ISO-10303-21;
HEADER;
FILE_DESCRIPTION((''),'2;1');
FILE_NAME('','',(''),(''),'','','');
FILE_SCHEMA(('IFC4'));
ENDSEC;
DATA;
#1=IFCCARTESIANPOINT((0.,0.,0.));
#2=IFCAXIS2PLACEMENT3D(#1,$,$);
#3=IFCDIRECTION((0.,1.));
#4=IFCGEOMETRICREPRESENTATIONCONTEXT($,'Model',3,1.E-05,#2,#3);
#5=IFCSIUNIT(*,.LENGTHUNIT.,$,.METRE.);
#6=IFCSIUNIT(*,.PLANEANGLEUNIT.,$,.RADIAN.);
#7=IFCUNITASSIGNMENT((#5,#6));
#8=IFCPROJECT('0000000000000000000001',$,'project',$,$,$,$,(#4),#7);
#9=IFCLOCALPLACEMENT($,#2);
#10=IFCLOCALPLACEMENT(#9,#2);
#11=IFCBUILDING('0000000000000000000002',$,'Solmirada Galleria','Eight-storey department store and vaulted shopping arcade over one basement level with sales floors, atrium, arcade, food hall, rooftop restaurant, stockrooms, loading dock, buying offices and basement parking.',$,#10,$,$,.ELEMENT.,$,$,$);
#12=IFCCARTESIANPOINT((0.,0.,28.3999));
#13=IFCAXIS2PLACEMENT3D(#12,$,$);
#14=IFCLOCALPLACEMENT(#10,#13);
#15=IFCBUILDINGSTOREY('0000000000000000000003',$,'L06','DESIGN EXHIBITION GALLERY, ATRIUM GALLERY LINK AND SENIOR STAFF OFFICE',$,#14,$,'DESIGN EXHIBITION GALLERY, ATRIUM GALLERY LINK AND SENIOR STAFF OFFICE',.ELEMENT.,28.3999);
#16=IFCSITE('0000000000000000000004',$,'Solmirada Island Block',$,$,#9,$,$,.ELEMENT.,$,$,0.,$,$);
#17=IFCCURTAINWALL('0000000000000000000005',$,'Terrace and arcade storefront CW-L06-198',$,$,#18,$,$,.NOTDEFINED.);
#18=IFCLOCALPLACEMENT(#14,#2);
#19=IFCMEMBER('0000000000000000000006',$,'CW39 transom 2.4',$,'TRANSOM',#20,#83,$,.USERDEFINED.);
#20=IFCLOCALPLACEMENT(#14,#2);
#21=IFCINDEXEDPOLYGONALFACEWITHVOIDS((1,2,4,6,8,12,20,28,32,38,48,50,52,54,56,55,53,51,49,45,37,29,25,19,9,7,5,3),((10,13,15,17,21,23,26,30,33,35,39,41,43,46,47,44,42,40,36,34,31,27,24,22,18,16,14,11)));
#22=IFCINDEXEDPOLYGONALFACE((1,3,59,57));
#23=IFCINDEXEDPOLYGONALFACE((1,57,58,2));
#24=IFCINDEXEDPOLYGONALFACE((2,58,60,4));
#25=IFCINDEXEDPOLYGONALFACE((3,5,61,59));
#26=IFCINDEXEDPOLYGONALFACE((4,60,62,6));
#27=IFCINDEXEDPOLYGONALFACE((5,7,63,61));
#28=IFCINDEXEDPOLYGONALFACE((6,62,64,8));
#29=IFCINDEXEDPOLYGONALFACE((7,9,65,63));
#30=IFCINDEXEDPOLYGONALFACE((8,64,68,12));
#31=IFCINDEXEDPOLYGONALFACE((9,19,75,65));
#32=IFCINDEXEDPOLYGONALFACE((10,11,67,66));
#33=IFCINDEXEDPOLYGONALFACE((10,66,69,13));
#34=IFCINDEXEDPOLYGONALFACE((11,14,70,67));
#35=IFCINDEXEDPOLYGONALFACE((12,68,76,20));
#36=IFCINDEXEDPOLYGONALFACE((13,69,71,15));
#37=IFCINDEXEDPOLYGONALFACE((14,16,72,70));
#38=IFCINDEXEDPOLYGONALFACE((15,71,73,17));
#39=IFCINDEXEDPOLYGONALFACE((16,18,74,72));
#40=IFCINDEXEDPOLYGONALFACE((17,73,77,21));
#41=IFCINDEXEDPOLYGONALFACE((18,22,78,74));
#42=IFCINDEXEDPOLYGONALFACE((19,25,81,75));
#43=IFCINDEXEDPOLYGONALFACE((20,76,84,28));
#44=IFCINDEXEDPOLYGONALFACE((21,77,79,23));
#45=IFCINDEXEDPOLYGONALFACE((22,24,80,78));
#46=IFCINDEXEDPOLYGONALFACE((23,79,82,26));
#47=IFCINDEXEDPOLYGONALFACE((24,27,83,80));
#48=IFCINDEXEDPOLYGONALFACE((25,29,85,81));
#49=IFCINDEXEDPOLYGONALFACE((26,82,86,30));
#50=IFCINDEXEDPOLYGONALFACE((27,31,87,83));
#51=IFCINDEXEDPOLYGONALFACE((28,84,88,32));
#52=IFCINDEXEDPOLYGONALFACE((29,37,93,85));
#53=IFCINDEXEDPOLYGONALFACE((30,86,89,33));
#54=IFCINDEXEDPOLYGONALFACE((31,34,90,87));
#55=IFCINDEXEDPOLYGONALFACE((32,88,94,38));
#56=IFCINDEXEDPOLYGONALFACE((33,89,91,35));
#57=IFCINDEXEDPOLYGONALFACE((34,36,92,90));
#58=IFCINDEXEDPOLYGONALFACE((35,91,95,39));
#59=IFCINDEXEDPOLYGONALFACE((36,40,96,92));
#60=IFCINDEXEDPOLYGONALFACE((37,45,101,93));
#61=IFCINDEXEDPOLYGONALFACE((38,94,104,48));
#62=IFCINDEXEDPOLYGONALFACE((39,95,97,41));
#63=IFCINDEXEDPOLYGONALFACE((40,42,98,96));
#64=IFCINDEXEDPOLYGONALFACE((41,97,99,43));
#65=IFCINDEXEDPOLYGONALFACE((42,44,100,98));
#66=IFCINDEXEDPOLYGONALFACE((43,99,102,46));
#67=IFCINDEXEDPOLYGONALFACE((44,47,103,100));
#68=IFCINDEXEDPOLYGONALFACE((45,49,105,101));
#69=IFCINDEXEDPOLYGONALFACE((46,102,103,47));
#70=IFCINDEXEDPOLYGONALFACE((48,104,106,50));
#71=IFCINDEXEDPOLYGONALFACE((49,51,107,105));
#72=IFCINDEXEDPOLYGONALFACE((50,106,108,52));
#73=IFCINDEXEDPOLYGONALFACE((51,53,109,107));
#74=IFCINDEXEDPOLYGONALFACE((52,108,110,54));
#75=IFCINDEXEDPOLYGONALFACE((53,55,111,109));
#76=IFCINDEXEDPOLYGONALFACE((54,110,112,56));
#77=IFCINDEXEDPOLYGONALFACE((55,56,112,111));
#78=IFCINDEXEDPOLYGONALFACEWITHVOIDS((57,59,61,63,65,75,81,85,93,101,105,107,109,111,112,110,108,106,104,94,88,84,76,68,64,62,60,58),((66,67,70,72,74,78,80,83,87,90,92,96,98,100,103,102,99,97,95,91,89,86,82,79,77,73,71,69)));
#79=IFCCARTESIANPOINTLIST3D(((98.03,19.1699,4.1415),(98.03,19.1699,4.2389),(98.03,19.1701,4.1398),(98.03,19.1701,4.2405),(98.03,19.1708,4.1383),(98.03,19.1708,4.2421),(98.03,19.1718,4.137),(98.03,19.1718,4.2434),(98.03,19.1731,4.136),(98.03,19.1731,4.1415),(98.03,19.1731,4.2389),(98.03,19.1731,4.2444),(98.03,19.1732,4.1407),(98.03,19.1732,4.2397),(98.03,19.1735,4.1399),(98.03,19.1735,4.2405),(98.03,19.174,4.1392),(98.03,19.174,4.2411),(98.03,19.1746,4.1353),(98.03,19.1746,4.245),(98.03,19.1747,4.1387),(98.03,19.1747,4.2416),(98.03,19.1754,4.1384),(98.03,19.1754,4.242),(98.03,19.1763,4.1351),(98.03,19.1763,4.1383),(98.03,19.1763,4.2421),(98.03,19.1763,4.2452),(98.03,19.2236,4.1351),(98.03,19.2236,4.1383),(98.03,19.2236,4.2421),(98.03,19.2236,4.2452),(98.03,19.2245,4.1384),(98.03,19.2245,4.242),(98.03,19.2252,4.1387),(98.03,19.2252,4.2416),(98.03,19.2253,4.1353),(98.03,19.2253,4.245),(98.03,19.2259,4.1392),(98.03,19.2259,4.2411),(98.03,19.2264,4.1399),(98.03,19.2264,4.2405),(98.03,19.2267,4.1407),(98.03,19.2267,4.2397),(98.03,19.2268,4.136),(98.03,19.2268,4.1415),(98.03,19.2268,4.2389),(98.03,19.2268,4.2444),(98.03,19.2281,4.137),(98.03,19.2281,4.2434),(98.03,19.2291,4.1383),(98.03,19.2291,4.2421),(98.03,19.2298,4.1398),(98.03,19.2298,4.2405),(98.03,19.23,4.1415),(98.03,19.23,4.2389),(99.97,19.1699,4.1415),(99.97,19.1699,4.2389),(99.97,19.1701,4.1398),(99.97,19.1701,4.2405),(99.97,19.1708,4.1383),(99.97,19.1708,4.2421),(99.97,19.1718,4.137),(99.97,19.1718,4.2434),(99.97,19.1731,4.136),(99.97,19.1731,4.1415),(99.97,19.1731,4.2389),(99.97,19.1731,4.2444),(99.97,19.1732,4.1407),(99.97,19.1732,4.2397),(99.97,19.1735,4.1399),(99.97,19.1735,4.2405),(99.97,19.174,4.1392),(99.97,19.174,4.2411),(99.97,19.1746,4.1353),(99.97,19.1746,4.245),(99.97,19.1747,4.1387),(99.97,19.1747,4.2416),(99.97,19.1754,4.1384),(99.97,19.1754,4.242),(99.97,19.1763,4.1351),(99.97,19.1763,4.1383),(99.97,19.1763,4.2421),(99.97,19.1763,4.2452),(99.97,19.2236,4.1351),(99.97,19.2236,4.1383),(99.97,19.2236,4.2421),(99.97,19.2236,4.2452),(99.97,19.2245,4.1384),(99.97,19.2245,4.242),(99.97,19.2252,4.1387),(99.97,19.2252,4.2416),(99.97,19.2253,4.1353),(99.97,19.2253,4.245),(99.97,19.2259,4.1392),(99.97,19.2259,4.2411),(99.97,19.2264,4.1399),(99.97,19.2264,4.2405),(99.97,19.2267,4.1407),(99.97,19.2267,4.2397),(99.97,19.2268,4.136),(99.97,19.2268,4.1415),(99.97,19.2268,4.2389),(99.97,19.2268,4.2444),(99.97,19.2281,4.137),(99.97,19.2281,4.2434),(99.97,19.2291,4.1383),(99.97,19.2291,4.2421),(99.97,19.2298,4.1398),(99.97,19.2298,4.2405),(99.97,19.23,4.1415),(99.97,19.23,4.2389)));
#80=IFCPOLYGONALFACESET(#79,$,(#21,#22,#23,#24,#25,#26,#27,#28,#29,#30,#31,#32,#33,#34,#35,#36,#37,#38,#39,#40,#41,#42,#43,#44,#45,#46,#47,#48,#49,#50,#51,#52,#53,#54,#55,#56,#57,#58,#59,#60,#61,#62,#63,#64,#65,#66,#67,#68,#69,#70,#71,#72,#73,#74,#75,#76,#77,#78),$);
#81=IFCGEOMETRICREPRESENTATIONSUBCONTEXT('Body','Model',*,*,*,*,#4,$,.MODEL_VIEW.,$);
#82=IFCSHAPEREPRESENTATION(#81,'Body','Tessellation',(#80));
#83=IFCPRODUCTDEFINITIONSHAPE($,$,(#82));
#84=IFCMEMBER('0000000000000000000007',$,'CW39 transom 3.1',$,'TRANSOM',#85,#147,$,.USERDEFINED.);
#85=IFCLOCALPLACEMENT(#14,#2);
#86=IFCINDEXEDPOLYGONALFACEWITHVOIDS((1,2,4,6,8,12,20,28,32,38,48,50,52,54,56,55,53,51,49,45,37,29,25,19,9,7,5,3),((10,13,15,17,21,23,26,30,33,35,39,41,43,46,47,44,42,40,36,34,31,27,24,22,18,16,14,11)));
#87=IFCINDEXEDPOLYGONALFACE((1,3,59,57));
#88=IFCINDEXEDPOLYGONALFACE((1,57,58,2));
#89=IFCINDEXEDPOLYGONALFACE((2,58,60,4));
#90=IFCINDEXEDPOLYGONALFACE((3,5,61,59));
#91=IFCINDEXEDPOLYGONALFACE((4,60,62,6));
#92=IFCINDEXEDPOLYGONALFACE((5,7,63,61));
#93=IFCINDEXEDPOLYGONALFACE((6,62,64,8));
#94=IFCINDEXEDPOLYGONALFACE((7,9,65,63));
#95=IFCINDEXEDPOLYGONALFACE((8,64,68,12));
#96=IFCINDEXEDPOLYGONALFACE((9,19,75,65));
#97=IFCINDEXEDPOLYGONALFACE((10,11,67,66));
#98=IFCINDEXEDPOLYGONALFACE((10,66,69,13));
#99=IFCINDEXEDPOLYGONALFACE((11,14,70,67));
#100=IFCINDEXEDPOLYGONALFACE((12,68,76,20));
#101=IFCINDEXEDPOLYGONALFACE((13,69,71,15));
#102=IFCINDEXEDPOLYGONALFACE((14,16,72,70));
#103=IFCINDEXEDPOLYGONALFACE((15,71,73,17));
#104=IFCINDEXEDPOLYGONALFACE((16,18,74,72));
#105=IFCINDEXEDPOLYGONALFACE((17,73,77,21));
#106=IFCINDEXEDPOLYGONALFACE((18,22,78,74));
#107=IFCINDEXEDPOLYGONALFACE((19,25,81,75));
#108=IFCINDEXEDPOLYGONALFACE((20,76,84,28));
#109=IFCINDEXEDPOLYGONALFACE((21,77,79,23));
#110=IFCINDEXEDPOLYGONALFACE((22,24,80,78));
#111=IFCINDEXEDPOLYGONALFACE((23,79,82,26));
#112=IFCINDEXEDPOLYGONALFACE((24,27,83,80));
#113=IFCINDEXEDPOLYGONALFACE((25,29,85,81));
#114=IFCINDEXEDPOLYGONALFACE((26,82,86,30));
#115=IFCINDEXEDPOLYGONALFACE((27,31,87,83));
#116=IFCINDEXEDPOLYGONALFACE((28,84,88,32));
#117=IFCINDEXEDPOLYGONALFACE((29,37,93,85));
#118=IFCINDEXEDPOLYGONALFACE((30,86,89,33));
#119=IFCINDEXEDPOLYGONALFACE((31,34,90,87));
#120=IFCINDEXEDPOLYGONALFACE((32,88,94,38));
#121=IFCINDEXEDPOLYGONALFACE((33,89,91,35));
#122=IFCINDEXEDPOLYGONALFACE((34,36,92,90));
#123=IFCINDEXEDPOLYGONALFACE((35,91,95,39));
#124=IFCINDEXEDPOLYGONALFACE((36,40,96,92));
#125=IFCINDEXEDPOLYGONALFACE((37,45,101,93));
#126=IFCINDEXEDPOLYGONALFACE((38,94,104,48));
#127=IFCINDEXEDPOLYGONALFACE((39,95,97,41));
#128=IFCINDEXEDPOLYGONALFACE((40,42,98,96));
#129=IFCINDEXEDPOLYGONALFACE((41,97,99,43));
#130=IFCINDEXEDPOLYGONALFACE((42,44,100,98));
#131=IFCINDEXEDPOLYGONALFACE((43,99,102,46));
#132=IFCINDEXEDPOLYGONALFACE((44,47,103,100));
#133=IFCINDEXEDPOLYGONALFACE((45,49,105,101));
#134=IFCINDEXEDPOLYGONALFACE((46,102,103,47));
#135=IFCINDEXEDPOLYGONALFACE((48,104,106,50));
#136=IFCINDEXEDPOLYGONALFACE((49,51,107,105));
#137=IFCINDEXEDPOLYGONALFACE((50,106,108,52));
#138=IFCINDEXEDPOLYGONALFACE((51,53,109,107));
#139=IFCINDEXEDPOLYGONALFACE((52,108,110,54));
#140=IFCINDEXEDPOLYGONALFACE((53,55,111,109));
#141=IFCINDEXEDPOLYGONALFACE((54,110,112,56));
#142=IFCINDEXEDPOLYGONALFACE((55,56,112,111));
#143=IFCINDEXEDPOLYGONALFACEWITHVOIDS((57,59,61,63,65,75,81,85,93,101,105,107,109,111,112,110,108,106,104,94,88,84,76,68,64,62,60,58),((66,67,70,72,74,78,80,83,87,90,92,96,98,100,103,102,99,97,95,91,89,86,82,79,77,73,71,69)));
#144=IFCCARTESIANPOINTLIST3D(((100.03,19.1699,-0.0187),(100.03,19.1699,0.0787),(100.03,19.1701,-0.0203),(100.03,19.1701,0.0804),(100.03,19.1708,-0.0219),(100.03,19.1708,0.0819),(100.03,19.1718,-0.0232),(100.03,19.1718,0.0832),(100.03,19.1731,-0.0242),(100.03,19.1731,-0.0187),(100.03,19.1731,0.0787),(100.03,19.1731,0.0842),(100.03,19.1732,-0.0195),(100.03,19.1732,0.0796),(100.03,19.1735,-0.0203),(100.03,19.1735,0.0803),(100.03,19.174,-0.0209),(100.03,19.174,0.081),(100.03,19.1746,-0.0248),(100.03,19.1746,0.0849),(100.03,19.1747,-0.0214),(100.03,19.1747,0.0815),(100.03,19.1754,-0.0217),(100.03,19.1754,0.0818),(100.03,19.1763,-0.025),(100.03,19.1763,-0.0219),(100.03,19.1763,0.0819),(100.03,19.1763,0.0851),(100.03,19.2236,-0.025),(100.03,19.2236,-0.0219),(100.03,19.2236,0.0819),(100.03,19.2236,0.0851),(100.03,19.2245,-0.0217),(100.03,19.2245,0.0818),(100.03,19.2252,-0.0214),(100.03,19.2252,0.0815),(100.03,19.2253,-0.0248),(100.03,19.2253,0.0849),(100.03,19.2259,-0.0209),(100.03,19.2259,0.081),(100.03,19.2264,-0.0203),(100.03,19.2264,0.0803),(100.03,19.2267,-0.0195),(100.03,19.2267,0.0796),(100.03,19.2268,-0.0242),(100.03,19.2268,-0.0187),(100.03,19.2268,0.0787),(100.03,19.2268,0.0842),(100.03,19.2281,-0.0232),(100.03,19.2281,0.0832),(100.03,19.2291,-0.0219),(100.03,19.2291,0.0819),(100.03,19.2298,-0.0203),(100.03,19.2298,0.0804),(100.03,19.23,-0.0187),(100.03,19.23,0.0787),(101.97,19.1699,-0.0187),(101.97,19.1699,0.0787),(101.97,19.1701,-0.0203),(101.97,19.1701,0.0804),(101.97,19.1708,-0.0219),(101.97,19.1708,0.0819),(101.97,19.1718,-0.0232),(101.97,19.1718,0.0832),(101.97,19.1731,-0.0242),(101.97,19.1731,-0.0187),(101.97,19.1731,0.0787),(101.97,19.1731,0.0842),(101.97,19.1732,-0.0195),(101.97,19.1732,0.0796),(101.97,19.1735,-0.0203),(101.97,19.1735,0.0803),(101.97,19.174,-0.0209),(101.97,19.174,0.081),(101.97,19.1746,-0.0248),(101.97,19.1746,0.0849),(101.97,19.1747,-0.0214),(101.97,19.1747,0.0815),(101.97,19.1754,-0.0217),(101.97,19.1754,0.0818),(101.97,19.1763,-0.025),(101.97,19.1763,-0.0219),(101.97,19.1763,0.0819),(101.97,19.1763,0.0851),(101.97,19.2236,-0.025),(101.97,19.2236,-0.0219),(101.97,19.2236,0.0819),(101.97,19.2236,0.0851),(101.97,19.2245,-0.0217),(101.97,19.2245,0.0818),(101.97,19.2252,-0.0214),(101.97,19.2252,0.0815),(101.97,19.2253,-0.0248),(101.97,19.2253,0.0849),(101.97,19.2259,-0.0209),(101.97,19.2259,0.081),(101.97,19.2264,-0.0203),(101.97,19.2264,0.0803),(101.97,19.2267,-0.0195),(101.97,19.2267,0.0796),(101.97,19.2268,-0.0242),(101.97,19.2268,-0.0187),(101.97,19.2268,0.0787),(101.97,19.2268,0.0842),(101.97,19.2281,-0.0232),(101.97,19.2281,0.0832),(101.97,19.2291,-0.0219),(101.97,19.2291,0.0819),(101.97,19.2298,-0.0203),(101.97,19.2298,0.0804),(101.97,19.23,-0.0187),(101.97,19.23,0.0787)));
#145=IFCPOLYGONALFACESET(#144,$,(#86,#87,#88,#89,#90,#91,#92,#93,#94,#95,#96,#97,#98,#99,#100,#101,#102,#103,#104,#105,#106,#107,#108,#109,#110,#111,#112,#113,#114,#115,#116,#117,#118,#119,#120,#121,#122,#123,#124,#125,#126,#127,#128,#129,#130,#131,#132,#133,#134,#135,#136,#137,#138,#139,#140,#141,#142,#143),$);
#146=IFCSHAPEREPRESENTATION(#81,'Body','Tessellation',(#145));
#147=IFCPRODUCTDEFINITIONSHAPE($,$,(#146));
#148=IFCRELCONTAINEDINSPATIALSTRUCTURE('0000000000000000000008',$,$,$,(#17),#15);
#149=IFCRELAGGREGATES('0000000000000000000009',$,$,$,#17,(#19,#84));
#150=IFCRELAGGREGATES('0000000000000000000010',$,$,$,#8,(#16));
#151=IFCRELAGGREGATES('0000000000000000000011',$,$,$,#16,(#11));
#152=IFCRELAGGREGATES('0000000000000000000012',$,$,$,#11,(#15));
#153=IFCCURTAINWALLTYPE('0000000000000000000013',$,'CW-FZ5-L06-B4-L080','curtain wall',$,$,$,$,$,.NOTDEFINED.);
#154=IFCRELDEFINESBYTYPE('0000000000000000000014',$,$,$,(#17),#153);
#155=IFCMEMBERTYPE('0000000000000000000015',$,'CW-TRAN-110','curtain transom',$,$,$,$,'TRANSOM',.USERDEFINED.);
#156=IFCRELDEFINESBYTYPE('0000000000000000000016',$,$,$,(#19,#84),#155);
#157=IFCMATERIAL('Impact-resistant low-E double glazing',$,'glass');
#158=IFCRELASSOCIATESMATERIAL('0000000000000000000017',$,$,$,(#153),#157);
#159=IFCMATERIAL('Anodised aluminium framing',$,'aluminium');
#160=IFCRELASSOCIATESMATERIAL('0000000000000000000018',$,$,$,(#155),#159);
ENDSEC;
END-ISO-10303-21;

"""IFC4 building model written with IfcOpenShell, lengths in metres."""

from ifc_helpers import new_model, si_unit, direction, frame, origin, origin_2d, place, context, subcontext, project, spatial, hollow_rectangle, extrude, material, material_profile, profile_set, type_object, element, aggregate, save


model = new_model("IFC4")

# Units and contexts
model_context = context("Model", 3, precision=1e-05, world=origin(), true_north=direction((0.0, 1.0)))
body_context = subcontext(model_context, "Body", "Model", "MODEL_VIEW")
ifc_project = project(units=[si_unit("LENGTHUNIT", "METRE"), si_unit("PLANEANGLEUNIT", "RADIAN")], contexts=[model_context])

# Site, building, storey
site_placement = place(None, origin())
site = spatial("IfcSite", under=ifc_project, at=site_placement, Name="Solmirada Island Block", CompositionType="ELEMENT", RefElevation=0.0)
building_placement = place(site_placement, origin())
building = spatial("IfcBuilding", under=site, at=building_placement, Name="Solmirada Galleria", Description="Eight-storey department store and vaulted shopping arcade over one basement level with sales floors, atrium, arcade, food hall, rooftop restaurant, stockrooms, loading dock, buying offices and basement parking.", CompositionType="ELEMENT")
storey_placement = place(building_placement, frame((0.0, 0.0, 28.3999)))
storey = spatial("IfcBuildingStorey", under=building, at=storey_placement, Name="L06", Description="DESIGN EXHIBITION GALLERY, ATRIUM GALLERY LINK AND SENIOR STAFF OFFICE", LongName="DESIGN EXHIBITION GALLERY, ATRIUM GALLERY LINK AND SENIOR STAFF OFFICE", CompositionType="ELEMENT", Elevation=28.3999)

# Curtain wall
ifc_material_1 = material(Name="Impact-resistant low-E double glazing", Category="glass")
curtain_wall_type = type_object("IfcCurtainWallType", Name="CW-FZ5-L06-B4-L080", Description="curtain wall", PredefinedType="NOTDEFINED", material=ifc_material_1)
curtain_wall_1_placement = place(storey_placement, origin())
curtain_wall_1 = element("IfcCurtainWall", 1, at=curtain_wall_1_placement, inside=storey, type_object=curtain_wall_type, Name="Terrace and arcade storefront CW-L06-198", PredefinedType="NOTDEFINED")
ifc_material_2 = material(Name="Anodised aluminium framing", Category="aluminium")

# Members
ifc_material_profile_1 = material_profile(ifc_material_2, hollow_rectangle(XDim=0.0601, YDim=0.1101, WallThickness=0.0032, InnerFilletRadius=0.0032, OuterFilletRadius=0.0063, at=origin_2d()), Name="ALU-TRAN-110X60")
ifc_profile_set_1 = profile_set([ifc_material_profile_1], Name="Anodised aluminium framing")
member_type_1 = type_object("IfcMemberType", Name="CW-TRAN-110", Description="curtain transom", ElementType="TRANSOM", PredefinedType="USERDEFINED", material=ifc_profile_set_1)
member_1_placement = place(storey_placement, frame((98.03, 19.2, 4.1902), z_axis=(1.0, 0.0, 0.0), x_axis=(0.0, 1.0, 0.0)))
member_1 = element("IfcMember", 2, at=member_1_placement, type_object=member_type_1, Name="CW39 transom 2.4", ObjectType="TRANSOM", PredefinedType="USERDEFINED", context=body_context, shape_type="SweptSolid", body=[
    extrude(hollow_rectangle(XDim=0.0601, YDim=0.1101, WallThickness=0.0032, InnerFilletRadius=0.0032, OuterFilletRadius=0.0063, at=origin_2d()), origin(), (0.0, 0.0, 1.0), 1.9399),
])
member_2_placement = place(storey_placement, frame((100.03, 19.2, 0.03), z_axis=(1.0, 0.0, 0.0), x_axis=(0.0, 1.0, 0.0)))
member_2 = element("IfcMember", 3, at=member_2_placement, type_object=member_type_1, Name="CW39 transom 3.1", ObjectType="TRANSOM", PredefinedType="USERDEFINED", context=body_context, shape_type="SweptSolid", body=[
    extrude(hollow_rectangle(XDim=0.0601, YDim=0.1101, WallThickness=0.0032, InnerFilletRadius=0.0032, OuterFilletRadius=0.0063, at=origin_2d()), origin(), (0.0, 0.0, 1.0), 1.9399),
])

aggregate(curtain_wall_1, [member_1, member_2])

save(model, "model.ifc")
